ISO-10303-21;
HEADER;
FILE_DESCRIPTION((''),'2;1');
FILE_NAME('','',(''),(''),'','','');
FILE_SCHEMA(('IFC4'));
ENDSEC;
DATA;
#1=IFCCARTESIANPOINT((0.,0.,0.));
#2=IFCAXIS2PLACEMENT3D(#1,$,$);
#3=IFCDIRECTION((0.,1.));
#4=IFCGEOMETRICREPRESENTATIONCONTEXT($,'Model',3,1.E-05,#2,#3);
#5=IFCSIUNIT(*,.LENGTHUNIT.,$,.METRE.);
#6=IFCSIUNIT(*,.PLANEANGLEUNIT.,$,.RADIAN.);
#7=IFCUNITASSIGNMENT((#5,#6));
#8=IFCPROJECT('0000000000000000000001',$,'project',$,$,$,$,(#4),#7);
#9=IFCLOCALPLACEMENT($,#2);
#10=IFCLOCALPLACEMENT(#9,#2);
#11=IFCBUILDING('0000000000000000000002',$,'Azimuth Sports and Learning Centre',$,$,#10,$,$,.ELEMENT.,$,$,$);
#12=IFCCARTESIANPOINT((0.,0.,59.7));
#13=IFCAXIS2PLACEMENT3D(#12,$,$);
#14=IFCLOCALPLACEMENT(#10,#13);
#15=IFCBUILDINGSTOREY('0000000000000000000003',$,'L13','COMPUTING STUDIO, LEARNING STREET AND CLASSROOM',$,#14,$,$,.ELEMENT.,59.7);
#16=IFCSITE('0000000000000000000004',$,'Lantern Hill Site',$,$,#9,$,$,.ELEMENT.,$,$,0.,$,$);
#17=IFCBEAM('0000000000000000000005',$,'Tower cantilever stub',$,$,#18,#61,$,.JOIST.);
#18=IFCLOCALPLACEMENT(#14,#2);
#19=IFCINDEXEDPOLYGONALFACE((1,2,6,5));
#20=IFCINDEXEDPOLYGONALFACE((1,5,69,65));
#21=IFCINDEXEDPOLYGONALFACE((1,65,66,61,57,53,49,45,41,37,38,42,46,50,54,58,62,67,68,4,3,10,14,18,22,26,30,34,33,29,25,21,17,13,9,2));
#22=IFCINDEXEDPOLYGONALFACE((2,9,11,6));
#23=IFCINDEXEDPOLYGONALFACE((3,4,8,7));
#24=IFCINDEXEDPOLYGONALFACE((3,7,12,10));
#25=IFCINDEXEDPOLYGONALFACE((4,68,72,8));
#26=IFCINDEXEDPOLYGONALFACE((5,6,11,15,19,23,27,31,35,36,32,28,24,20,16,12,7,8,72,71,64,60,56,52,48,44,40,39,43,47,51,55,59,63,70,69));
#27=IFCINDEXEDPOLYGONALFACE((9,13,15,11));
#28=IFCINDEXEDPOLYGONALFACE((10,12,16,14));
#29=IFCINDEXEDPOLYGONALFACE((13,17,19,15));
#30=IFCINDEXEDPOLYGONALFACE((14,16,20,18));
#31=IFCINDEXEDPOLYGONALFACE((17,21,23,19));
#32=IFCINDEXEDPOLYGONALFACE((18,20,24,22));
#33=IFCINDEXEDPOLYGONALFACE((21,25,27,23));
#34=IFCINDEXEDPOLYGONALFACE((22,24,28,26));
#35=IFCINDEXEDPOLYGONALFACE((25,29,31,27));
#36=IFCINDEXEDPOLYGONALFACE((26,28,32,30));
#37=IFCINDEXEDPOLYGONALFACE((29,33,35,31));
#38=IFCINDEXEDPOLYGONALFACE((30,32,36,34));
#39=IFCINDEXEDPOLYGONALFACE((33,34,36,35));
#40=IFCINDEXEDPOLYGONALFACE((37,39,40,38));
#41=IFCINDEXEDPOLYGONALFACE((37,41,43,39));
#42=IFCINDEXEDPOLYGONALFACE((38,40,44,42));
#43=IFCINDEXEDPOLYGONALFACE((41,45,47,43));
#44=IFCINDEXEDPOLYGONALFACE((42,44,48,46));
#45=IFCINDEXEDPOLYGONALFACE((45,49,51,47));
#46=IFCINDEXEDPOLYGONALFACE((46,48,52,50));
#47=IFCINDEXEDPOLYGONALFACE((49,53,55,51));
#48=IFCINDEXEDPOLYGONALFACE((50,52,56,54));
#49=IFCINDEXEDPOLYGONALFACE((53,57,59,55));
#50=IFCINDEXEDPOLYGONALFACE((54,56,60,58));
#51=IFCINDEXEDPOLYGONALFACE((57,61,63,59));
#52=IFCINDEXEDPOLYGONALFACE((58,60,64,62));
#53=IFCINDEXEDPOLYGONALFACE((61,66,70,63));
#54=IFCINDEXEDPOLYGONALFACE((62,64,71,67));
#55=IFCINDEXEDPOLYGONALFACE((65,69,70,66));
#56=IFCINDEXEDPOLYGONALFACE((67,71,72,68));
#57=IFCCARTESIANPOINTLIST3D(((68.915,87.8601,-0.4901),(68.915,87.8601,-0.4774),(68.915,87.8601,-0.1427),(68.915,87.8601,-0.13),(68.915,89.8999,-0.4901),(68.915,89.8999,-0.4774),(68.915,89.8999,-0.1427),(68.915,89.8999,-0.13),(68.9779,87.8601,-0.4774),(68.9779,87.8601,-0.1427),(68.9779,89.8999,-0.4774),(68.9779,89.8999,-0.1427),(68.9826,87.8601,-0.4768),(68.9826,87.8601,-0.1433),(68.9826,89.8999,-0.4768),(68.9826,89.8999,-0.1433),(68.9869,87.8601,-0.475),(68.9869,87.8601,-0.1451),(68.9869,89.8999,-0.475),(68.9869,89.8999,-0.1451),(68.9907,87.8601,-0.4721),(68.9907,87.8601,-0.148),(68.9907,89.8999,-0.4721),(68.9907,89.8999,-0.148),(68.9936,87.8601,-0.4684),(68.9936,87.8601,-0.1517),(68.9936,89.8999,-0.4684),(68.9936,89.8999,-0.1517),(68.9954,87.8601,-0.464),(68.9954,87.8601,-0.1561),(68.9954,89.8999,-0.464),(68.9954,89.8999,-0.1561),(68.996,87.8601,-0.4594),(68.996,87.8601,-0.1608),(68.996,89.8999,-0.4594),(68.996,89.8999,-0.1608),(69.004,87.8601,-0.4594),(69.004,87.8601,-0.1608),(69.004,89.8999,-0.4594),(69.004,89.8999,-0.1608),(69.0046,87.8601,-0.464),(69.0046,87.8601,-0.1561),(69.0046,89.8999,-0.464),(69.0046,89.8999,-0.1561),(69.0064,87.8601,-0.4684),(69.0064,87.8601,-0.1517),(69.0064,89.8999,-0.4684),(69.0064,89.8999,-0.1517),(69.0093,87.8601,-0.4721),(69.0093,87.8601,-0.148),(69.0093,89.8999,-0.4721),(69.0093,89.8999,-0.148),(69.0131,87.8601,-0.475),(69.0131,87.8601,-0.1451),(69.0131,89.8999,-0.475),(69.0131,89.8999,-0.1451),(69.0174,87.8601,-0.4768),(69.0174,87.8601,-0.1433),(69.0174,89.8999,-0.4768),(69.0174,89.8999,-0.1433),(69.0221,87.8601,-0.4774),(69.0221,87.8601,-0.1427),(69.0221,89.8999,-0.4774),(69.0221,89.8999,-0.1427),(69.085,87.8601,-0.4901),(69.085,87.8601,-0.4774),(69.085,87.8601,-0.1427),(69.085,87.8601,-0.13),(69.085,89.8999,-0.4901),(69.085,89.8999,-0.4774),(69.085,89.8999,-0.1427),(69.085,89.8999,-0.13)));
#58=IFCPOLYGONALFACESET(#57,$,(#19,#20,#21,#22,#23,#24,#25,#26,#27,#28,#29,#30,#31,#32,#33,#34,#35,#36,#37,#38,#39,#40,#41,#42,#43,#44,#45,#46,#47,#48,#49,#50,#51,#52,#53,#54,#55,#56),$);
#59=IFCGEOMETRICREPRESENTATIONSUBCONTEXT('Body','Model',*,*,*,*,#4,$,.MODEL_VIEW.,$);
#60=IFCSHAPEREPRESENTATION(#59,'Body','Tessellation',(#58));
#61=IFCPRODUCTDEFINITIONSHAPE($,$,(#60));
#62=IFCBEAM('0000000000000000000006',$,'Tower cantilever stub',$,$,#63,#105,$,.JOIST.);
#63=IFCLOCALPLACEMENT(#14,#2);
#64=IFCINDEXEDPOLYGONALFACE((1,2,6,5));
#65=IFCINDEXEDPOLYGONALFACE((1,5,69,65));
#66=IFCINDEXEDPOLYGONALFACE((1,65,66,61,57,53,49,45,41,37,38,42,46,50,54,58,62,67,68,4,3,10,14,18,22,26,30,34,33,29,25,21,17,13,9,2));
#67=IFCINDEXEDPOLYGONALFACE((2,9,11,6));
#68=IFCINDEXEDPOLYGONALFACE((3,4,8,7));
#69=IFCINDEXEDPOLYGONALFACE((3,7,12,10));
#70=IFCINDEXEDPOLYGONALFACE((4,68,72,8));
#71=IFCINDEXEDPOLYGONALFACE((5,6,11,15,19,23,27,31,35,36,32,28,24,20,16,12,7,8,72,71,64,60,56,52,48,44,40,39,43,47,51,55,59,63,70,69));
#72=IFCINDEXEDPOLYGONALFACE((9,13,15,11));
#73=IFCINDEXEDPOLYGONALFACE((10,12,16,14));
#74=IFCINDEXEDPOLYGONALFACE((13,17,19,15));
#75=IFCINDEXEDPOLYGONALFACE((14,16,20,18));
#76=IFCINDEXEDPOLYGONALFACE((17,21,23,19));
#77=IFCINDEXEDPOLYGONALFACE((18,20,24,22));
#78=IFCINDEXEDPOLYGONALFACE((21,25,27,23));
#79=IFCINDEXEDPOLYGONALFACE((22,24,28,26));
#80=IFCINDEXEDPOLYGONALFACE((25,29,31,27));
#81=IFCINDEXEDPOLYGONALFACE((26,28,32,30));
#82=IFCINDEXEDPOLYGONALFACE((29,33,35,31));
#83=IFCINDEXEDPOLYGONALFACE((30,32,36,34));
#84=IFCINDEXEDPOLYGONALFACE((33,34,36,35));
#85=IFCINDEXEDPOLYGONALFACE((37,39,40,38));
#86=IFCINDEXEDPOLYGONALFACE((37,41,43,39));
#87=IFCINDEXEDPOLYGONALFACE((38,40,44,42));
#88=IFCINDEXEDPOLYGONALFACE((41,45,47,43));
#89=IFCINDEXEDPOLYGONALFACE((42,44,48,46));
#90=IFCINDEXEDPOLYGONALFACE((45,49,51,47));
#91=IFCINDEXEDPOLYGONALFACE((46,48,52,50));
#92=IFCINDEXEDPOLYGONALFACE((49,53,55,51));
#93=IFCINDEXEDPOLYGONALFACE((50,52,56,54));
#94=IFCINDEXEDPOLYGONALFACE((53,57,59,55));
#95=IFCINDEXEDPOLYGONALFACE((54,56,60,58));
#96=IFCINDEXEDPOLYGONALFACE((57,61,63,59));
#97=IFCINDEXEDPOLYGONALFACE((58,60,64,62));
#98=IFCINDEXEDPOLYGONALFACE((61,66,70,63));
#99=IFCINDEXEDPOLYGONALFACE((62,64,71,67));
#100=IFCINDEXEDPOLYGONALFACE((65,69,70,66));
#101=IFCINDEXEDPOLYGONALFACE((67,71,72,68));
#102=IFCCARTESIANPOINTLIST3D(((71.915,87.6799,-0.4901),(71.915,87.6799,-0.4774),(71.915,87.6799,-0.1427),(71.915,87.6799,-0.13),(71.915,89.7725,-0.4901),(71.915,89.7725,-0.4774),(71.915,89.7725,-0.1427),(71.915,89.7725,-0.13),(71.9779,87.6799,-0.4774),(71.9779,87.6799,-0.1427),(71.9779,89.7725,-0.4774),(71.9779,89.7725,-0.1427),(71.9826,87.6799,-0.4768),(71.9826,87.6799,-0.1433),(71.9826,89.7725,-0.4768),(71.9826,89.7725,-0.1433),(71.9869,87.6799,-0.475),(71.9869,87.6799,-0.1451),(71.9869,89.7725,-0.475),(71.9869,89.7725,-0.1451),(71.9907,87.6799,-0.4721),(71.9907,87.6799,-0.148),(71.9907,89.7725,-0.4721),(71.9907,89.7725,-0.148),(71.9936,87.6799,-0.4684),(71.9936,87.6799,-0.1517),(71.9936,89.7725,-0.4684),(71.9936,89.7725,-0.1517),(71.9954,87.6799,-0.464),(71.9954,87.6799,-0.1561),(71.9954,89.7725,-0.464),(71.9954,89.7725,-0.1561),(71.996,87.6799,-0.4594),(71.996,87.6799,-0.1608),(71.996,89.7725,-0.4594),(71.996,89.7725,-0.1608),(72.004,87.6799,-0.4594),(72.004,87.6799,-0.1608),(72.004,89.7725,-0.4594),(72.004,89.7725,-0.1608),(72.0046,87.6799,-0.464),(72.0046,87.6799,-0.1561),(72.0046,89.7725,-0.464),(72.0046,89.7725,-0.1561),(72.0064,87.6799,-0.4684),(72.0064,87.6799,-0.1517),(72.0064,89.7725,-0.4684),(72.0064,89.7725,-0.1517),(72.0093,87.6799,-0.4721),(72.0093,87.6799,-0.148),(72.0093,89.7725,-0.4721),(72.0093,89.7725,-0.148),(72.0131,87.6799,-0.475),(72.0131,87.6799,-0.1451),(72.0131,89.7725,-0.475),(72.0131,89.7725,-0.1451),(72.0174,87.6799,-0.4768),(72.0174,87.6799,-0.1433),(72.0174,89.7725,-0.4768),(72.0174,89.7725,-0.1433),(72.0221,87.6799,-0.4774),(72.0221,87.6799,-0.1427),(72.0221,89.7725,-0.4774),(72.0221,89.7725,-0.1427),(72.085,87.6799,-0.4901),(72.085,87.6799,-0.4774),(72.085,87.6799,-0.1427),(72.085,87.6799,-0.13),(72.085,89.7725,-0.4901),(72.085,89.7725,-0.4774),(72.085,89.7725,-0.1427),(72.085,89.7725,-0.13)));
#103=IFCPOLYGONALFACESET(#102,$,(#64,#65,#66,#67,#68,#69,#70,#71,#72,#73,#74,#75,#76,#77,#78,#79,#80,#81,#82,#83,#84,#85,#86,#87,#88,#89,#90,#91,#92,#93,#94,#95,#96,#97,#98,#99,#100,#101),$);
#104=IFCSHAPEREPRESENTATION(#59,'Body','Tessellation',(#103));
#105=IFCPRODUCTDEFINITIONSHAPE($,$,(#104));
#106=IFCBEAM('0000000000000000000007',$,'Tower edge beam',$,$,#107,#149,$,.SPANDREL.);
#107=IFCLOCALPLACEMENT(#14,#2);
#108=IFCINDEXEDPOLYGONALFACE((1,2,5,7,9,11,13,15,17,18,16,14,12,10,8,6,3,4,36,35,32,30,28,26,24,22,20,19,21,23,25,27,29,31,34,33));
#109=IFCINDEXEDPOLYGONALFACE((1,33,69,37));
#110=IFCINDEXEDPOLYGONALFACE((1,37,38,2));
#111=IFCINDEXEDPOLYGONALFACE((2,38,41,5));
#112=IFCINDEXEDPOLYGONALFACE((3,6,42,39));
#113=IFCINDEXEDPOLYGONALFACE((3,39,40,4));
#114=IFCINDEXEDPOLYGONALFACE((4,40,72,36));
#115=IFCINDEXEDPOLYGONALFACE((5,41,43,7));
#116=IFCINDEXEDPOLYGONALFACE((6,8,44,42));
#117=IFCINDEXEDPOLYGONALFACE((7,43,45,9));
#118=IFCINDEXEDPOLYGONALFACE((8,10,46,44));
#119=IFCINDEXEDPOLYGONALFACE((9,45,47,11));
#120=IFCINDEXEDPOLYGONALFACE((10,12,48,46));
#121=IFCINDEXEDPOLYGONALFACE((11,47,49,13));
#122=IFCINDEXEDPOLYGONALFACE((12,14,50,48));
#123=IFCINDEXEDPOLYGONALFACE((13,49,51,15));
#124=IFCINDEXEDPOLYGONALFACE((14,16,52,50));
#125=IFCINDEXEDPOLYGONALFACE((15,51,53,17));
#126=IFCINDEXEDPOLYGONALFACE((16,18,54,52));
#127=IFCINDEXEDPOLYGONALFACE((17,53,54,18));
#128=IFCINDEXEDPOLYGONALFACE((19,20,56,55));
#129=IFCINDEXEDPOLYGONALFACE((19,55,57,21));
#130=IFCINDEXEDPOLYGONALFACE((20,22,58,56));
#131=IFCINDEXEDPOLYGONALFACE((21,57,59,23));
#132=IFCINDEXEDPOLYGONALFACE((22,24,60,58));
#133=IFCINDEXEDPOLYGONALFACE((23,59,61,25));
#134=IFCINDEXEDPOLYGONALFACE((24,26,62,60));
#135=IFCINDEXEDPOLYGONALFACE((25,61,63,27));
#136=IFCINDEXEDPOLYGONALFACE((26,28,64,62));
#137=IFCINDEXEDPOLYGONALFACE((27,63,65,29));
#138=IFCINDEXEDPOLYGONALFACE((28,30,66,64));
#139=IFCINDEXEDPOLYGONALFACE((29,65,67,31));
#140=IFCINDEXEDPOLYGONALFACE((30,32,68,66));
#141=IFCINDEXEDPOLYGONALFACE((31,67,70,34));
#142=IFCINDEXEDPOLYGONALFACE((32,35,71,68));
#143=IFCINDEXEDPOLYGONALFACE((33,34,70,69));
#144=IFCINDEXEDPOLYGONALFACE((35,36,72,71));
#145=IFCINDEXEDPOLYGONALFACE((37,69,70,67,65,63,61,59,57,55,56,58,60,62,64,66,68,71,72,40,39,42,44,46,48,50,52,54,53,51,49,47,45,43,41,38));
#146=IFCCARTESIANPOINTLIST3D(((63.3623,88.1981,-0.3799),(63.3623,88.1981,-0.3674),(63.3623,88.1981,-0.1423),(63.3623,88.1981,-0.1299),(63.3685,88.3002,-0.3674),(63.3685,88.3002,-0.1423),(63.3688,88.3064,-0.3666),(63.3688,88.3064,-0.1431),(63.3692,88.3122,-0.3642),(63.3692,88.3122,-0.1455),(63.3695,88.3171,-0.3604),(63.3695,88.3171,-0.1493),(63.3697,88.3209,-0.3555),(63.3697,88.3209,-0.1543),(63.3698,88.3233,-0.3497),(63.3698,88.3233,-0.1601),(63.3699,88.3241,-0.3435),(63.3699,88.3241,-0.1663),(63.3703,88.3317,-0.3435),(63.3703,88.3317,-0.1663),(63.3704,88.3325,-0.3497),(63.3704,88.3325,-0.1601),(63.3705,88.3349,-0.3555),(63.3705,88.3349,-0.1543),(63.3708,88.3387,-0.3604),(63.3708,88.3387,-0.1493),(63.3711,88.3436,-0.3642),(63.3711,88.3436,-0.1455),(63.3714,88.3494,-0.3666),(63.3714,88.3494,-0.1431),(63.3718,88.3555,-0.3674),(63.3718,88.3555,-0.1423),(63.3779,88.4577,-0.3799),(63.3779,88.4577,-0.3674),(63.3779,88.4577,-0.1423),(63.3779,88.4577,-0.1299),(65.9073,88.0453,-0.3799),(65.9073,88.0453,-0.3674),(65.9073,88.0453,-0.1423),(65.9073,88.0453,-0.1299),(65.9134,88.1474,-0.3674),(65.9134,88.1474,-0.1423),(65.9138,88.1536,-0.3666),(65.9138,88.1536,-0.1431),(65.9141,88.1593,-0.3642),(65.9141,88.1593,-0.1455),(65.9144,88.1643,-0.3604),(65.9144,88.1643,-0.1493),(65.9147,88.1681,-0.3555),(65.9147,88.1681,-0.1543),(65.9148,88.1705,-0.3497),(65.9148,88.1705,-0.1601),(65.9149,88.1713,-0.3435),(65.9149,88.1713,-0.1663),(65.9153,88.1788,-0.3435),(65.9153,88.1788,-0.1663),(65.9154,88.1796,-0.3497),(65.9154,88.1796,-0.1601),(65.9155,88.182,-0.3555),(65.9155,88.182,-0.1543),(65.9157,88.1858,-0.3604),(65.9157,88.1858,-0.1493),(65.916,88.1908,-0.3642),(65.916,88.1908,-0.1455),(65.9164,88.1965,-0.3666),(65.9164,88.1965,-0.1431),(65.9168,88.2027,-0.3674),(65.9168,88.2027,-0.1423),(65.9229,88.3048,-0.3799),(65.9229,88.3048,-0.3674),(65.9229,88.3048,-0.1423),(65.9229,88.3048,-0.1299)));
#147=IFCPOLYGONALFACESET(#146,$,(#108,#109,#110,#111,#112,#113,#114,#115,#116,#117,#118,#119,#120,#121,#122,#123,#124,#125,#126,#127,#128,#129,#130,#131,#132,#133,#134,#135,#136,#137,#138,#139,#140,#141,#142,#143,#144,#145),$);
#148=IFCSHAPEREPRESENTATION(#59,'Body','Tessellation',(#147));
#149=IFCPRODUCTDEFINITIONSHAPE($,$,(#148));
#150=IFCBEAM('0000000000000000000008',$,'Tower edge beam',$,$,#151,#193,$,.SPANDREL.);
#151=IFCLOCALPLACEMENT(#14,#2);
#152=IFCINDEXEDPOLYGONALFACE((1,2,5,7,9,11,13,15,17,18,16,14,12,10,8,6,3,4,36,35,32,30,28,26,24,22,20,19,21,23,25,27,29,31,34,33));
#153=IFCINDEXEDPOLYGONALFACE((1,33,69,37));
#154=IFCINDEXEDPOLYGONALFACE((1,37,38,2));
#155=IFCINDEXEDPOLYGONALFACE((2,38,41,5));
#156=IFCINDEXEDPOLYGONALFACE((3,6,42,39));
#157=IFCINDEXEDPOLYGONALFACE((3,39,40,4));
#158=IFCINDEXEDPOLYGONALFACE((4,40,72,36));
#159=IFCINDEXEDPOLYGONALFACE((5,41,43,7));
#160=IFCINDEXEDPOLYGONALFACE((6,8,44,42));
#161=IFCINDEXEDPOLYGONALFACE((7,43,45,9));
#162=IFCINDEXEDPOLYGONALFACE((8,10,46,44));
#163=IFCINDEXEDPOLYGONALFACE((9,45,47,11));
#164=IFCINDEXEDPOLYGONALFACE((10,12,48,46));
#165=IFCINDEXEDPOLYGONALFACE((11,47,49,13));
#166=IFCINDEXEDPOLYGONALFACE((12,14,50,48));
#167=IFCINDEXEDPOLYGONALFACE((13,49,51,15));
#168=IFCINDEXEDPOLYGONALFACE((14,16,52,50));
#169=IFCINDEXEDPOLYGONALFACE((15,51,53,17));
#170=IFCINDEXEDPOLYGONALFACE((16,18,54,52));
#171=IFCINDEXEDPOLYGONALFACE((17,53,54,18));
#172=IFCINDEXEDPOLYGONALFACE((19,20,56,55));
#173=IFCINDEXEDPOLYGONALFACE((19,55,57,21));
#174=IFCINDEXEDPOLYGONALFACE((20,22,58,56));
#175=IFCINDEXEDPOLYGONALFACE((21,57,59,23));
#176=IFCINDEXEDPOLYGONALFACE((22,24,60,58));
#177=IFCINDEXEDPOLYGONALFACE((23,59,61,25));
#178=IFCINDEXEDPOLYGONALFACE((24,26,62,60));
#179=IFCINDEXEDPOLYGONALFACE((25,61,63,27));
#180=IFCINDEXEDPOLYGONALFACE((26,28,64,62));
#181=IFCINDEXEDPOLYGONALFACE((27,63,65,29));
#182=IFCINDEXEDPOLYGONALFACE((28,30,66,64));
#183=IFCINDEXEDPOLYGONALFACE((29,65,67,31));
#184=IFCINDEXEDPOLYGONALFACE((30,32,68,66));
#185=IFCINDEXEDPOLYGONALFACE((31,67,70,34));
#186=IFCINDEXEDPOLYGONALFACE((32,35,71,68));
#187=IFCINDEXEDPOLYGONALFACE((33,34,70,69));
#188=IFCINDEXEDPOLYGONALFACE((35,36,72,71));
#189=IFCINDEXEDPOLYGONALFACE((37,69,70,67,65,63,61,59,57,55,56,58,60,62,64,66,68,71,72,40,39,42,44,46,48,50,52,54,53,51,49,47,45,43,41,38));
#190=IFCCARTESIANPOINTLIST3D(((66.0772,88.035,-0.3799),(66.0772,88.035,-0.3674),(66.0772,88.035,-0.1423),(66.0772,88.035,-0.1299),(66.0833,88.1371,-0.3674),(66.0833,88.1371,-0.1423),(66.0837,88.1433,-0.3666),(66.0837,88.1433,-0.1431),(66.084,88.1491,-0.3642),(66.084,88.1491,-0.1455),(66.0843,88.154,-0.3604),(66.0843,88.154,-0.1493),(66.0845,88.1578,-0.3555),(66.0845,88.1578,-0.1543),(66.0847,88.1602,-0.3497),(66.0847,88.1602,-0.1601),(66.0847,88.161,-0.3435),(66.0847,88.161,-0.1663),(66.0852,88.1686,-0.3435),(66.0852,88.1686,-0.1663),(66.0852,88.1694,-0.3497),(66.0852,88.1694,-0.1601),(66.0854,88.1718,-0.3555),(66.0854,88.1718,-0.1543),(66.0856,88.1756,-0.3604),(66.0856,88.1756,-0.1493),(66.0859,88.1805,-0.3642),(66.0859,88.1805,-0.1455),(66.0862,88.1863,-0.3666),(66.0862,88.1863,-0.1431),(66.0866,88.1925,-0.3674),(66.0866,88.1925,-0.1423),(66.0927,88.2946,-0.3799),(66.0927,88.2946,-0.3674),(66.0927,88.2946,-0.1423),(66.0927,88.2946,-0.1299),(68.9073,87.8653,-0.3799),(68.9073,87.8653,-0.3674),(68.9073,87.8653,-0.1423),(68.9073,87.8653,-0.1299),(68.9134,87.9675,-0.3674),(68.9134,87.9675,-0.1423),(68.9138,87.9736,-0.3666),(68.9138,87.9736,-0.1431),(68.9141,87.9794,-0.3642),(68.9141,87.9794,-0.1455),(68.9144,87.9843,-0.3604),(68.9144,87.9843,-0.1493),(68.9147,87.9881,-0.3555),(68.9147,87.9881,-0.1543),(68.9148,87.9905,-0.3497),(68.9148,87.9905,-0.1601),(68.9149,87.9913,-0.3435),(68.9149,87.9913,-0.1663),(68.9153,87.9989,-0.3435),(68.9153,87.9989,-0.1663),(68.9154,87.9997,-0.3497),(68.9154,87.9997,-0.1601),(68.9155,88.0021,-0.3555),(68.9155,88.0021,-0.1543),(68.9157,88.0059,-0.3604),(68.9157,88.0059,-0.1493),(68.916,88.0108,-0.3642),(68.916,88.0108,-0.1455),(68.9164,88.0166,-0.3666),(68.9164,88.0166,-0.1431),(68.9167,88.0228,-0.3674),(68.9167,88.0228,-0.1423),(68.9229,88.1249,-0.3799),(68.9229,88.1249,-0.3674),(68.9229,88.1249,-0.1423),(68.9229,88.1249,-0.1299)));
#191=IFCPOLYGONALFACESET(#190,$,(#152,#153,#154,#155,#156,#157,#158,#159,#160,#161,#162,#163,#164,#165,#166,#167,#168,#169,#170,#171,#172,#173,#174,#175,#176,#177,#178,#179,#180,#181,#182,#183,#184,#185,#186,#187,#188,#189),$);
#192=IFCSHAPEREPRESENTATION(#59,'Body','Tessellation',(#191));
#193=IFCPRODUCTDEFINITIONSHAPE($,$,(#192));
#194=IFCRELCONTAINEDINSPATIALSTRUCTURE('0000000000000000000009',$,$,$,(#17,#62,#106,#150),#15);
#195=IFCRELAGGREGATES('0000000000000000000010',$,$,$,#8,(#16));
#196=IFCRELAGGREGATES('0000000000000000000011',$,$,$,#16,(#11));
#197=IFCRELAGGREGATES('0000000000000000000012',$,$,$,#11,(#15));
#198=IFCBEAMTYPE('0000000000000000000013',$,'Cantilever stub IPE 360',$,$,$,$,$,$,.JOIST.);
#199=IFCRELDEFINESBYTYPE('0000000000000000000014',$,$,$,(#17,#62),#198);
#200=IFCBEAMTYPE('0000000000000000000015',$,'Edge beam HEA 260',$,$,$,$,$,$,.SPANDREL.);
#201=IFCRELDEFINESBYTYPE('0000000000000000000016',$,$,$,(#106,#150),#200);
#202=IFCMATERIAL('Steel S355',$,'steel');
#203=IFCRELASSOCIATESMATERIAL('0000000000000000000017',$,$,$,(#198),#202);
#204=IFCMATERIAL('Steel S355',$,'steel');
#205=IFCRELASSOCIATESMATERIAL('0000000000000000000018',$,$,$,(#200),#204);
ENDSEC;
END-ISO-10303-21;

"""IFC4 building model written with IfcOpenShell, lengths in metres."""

from ifc_helpers import new_model, si_unit, direction, frame, origin, origin_2d, place, context, subcontext, project, spatial, i_section, extrude, material, material_profile, profile_set, type_object, element, save


model = new_model("IFC4")

# Units and contexts
model_context = context("Model", 3, precision=1e-05, world=origin(), true_north=direction((0.0, 1.0)))
body_context = subcontext(model_context, "Body", "Model", "MODEL_VIEW")
ifc_project = project(units=[si_unit("LENGTHUNIT", "METRE"), si_unit("PLANEANGLEUNIT", "RADIAN")], contexts=[model_context])

# Site, building, storey
site_placement = place(None, origin())
site = spatial("IfcSite", under=ifc_project, at=site_placement, Name="Lantern Hill Site", CompositionType="ELEMENT", RefElevation=0.0)
building_placement = place(site_placement, origin())
building = spatial("IfcBuilding", under=site, at=building_placement, Name="Azimuth Sports and Learning Centre", CompositionType="ELEMENT")
storey_placement = place(building_placement, frame((0.0, 0.0, 59.7)))
storey = spatial("IfcBuildingStorey", under=building, at=storey_placement, Name="L13", Description="COMPUTING STUDIO, LEARNING STREET AND CLASSROOM", CompositionType="ELEMENT", Elevation=59.7)

# Beams
ifc_material_1 = material(Name="Steel S355", Category="steel")
ifc_material_profile_1 = material_profile(ifc_material_1, i_section(OverallWidth=0.1699, OverallDepth=0.3601, WebThickness=0.0081, FlangeThickness=0.0127, FilletRadius=0.0181, at=origin_2d()), Name="IPE 360")
ifc_profile_set_1 = profile_set([ifc_material_profile_1], Name="Steel S355")
beam_type_1 = type_object("IfcBeamType", Name="Cantilever stub IPE 360", PredefinedType="JOIST", material=ifc_profile_set_1)
beam_1_placement = place(storey_placement, frame((69.0, 89.8999, -0.3101), z_axis=(0.0, -1.0, 0.0), x_axis=(1.0, 0.0, 0.0)))
element("IfcBeam", 1, at=beam_1_placement, inside=storey, type_object=beam_type_1, Name="Tower cantilever stub", PredefinedType="JOIST", context=body_context, shape_type="SweptSolid", body=[
    extrude(i_section(OverallWidth=0.1699, OverallDepth=0.3601, WebThickness=0.0081, FlangeThickness=0.0127, FilletRadius=0.0181, at=origin_2d()), origin(), (0.0, 0.0, 1.0), 2.0398),
])
beam_2_placement = place(storey_placement, frame((72.0, 89.7725, -0.3101), z_axis=(0.0, -1.0, 0.0), x_axis=(1.0, 0.0, 0.0)))
element("IfcBeam", 2, at=beam_2_placement, inside=storey, type_object=beam_type_1, Name="Tower cantilever stub", PredefinedType="JOIST", context=body_context, shape_type="SweptSolid", body=[
    extrude(i_section(OverallWidth=0.1699, OverallDepth=0.3601, WebThickness=0.0081, FlangeThickness=0.0127, FilletRadius=0.0181, at=origin_2d()), origin(), (0.0, 0.0, 1.0), 2.0925),
])
ifc_material_2 = material(Name="Steel S355", Category="steel")
ifc_material_profile_2 = material_profile(ifc_material_2, i_section(OverallWidth=0.26, OverallDepth=0.25, WebThickness=0.0076, FlangeThickness=0.0125, FilletRadius=0.0239, at=origin_2d()), Name="HEA 260")
ifc_profile_set_2 = profile_set([ifc_material_profile_2], Name="Steel S355")
beam_type_2 = type_object("IfcBeamType", Name="Edge beam HEA 260", PredefinedType="SPANDREL", material=ifc_profile_set_2)
beam_3_placement = place(storey_placement, frame((63.3701, 88.3279, -0.2549), z_axis=(0.998202, -0.059946, 0.0), x_axis=(0.059946, 0.998202, 0.0)))
element("IfcBeam", 3, at=beam_3_placement, inside=storey, type_object=beam_type_2, Name="Tower edge beam", PredefinedType="SPANDREL", context=body_context, shape_type="SweptSolid", body=[
    extrude(i_section(OverallWidth=0.26, OverallDepth=0.25, WebThickness=0.0076, FlangeThickness=0.0125, FilletRadius=0.0239, at=origin_2d()), origin(), (0.0, 0.0, 1.0), 2.5496),
])
beam_4_placement = place(storey_placement, frame((66.085, 88.1648, -0.2549), z_axis=(0.998208, -0.059848, 0.0), x_axis=(0.059848, 0.998208, 0.0)))
element("IfcBeam", 4, at=beam_4_placement, inside=storey, type_object=beam_type_2, Name="Tower edge beam", PredefinedType="SPANDREL", context=body_context, shape_type="SweptSolid", body=[
    extrude(i_section(OverallWidth=0.26, OverallDepth=0.25, WebThickness=0.0076, FlangeThickness=0.0125, FilletRadius=0.0239, at=origin_2d()), origin(), (0.0, 0.0, 1.0), 2.8352),
])

save(model, "model.ifc")
